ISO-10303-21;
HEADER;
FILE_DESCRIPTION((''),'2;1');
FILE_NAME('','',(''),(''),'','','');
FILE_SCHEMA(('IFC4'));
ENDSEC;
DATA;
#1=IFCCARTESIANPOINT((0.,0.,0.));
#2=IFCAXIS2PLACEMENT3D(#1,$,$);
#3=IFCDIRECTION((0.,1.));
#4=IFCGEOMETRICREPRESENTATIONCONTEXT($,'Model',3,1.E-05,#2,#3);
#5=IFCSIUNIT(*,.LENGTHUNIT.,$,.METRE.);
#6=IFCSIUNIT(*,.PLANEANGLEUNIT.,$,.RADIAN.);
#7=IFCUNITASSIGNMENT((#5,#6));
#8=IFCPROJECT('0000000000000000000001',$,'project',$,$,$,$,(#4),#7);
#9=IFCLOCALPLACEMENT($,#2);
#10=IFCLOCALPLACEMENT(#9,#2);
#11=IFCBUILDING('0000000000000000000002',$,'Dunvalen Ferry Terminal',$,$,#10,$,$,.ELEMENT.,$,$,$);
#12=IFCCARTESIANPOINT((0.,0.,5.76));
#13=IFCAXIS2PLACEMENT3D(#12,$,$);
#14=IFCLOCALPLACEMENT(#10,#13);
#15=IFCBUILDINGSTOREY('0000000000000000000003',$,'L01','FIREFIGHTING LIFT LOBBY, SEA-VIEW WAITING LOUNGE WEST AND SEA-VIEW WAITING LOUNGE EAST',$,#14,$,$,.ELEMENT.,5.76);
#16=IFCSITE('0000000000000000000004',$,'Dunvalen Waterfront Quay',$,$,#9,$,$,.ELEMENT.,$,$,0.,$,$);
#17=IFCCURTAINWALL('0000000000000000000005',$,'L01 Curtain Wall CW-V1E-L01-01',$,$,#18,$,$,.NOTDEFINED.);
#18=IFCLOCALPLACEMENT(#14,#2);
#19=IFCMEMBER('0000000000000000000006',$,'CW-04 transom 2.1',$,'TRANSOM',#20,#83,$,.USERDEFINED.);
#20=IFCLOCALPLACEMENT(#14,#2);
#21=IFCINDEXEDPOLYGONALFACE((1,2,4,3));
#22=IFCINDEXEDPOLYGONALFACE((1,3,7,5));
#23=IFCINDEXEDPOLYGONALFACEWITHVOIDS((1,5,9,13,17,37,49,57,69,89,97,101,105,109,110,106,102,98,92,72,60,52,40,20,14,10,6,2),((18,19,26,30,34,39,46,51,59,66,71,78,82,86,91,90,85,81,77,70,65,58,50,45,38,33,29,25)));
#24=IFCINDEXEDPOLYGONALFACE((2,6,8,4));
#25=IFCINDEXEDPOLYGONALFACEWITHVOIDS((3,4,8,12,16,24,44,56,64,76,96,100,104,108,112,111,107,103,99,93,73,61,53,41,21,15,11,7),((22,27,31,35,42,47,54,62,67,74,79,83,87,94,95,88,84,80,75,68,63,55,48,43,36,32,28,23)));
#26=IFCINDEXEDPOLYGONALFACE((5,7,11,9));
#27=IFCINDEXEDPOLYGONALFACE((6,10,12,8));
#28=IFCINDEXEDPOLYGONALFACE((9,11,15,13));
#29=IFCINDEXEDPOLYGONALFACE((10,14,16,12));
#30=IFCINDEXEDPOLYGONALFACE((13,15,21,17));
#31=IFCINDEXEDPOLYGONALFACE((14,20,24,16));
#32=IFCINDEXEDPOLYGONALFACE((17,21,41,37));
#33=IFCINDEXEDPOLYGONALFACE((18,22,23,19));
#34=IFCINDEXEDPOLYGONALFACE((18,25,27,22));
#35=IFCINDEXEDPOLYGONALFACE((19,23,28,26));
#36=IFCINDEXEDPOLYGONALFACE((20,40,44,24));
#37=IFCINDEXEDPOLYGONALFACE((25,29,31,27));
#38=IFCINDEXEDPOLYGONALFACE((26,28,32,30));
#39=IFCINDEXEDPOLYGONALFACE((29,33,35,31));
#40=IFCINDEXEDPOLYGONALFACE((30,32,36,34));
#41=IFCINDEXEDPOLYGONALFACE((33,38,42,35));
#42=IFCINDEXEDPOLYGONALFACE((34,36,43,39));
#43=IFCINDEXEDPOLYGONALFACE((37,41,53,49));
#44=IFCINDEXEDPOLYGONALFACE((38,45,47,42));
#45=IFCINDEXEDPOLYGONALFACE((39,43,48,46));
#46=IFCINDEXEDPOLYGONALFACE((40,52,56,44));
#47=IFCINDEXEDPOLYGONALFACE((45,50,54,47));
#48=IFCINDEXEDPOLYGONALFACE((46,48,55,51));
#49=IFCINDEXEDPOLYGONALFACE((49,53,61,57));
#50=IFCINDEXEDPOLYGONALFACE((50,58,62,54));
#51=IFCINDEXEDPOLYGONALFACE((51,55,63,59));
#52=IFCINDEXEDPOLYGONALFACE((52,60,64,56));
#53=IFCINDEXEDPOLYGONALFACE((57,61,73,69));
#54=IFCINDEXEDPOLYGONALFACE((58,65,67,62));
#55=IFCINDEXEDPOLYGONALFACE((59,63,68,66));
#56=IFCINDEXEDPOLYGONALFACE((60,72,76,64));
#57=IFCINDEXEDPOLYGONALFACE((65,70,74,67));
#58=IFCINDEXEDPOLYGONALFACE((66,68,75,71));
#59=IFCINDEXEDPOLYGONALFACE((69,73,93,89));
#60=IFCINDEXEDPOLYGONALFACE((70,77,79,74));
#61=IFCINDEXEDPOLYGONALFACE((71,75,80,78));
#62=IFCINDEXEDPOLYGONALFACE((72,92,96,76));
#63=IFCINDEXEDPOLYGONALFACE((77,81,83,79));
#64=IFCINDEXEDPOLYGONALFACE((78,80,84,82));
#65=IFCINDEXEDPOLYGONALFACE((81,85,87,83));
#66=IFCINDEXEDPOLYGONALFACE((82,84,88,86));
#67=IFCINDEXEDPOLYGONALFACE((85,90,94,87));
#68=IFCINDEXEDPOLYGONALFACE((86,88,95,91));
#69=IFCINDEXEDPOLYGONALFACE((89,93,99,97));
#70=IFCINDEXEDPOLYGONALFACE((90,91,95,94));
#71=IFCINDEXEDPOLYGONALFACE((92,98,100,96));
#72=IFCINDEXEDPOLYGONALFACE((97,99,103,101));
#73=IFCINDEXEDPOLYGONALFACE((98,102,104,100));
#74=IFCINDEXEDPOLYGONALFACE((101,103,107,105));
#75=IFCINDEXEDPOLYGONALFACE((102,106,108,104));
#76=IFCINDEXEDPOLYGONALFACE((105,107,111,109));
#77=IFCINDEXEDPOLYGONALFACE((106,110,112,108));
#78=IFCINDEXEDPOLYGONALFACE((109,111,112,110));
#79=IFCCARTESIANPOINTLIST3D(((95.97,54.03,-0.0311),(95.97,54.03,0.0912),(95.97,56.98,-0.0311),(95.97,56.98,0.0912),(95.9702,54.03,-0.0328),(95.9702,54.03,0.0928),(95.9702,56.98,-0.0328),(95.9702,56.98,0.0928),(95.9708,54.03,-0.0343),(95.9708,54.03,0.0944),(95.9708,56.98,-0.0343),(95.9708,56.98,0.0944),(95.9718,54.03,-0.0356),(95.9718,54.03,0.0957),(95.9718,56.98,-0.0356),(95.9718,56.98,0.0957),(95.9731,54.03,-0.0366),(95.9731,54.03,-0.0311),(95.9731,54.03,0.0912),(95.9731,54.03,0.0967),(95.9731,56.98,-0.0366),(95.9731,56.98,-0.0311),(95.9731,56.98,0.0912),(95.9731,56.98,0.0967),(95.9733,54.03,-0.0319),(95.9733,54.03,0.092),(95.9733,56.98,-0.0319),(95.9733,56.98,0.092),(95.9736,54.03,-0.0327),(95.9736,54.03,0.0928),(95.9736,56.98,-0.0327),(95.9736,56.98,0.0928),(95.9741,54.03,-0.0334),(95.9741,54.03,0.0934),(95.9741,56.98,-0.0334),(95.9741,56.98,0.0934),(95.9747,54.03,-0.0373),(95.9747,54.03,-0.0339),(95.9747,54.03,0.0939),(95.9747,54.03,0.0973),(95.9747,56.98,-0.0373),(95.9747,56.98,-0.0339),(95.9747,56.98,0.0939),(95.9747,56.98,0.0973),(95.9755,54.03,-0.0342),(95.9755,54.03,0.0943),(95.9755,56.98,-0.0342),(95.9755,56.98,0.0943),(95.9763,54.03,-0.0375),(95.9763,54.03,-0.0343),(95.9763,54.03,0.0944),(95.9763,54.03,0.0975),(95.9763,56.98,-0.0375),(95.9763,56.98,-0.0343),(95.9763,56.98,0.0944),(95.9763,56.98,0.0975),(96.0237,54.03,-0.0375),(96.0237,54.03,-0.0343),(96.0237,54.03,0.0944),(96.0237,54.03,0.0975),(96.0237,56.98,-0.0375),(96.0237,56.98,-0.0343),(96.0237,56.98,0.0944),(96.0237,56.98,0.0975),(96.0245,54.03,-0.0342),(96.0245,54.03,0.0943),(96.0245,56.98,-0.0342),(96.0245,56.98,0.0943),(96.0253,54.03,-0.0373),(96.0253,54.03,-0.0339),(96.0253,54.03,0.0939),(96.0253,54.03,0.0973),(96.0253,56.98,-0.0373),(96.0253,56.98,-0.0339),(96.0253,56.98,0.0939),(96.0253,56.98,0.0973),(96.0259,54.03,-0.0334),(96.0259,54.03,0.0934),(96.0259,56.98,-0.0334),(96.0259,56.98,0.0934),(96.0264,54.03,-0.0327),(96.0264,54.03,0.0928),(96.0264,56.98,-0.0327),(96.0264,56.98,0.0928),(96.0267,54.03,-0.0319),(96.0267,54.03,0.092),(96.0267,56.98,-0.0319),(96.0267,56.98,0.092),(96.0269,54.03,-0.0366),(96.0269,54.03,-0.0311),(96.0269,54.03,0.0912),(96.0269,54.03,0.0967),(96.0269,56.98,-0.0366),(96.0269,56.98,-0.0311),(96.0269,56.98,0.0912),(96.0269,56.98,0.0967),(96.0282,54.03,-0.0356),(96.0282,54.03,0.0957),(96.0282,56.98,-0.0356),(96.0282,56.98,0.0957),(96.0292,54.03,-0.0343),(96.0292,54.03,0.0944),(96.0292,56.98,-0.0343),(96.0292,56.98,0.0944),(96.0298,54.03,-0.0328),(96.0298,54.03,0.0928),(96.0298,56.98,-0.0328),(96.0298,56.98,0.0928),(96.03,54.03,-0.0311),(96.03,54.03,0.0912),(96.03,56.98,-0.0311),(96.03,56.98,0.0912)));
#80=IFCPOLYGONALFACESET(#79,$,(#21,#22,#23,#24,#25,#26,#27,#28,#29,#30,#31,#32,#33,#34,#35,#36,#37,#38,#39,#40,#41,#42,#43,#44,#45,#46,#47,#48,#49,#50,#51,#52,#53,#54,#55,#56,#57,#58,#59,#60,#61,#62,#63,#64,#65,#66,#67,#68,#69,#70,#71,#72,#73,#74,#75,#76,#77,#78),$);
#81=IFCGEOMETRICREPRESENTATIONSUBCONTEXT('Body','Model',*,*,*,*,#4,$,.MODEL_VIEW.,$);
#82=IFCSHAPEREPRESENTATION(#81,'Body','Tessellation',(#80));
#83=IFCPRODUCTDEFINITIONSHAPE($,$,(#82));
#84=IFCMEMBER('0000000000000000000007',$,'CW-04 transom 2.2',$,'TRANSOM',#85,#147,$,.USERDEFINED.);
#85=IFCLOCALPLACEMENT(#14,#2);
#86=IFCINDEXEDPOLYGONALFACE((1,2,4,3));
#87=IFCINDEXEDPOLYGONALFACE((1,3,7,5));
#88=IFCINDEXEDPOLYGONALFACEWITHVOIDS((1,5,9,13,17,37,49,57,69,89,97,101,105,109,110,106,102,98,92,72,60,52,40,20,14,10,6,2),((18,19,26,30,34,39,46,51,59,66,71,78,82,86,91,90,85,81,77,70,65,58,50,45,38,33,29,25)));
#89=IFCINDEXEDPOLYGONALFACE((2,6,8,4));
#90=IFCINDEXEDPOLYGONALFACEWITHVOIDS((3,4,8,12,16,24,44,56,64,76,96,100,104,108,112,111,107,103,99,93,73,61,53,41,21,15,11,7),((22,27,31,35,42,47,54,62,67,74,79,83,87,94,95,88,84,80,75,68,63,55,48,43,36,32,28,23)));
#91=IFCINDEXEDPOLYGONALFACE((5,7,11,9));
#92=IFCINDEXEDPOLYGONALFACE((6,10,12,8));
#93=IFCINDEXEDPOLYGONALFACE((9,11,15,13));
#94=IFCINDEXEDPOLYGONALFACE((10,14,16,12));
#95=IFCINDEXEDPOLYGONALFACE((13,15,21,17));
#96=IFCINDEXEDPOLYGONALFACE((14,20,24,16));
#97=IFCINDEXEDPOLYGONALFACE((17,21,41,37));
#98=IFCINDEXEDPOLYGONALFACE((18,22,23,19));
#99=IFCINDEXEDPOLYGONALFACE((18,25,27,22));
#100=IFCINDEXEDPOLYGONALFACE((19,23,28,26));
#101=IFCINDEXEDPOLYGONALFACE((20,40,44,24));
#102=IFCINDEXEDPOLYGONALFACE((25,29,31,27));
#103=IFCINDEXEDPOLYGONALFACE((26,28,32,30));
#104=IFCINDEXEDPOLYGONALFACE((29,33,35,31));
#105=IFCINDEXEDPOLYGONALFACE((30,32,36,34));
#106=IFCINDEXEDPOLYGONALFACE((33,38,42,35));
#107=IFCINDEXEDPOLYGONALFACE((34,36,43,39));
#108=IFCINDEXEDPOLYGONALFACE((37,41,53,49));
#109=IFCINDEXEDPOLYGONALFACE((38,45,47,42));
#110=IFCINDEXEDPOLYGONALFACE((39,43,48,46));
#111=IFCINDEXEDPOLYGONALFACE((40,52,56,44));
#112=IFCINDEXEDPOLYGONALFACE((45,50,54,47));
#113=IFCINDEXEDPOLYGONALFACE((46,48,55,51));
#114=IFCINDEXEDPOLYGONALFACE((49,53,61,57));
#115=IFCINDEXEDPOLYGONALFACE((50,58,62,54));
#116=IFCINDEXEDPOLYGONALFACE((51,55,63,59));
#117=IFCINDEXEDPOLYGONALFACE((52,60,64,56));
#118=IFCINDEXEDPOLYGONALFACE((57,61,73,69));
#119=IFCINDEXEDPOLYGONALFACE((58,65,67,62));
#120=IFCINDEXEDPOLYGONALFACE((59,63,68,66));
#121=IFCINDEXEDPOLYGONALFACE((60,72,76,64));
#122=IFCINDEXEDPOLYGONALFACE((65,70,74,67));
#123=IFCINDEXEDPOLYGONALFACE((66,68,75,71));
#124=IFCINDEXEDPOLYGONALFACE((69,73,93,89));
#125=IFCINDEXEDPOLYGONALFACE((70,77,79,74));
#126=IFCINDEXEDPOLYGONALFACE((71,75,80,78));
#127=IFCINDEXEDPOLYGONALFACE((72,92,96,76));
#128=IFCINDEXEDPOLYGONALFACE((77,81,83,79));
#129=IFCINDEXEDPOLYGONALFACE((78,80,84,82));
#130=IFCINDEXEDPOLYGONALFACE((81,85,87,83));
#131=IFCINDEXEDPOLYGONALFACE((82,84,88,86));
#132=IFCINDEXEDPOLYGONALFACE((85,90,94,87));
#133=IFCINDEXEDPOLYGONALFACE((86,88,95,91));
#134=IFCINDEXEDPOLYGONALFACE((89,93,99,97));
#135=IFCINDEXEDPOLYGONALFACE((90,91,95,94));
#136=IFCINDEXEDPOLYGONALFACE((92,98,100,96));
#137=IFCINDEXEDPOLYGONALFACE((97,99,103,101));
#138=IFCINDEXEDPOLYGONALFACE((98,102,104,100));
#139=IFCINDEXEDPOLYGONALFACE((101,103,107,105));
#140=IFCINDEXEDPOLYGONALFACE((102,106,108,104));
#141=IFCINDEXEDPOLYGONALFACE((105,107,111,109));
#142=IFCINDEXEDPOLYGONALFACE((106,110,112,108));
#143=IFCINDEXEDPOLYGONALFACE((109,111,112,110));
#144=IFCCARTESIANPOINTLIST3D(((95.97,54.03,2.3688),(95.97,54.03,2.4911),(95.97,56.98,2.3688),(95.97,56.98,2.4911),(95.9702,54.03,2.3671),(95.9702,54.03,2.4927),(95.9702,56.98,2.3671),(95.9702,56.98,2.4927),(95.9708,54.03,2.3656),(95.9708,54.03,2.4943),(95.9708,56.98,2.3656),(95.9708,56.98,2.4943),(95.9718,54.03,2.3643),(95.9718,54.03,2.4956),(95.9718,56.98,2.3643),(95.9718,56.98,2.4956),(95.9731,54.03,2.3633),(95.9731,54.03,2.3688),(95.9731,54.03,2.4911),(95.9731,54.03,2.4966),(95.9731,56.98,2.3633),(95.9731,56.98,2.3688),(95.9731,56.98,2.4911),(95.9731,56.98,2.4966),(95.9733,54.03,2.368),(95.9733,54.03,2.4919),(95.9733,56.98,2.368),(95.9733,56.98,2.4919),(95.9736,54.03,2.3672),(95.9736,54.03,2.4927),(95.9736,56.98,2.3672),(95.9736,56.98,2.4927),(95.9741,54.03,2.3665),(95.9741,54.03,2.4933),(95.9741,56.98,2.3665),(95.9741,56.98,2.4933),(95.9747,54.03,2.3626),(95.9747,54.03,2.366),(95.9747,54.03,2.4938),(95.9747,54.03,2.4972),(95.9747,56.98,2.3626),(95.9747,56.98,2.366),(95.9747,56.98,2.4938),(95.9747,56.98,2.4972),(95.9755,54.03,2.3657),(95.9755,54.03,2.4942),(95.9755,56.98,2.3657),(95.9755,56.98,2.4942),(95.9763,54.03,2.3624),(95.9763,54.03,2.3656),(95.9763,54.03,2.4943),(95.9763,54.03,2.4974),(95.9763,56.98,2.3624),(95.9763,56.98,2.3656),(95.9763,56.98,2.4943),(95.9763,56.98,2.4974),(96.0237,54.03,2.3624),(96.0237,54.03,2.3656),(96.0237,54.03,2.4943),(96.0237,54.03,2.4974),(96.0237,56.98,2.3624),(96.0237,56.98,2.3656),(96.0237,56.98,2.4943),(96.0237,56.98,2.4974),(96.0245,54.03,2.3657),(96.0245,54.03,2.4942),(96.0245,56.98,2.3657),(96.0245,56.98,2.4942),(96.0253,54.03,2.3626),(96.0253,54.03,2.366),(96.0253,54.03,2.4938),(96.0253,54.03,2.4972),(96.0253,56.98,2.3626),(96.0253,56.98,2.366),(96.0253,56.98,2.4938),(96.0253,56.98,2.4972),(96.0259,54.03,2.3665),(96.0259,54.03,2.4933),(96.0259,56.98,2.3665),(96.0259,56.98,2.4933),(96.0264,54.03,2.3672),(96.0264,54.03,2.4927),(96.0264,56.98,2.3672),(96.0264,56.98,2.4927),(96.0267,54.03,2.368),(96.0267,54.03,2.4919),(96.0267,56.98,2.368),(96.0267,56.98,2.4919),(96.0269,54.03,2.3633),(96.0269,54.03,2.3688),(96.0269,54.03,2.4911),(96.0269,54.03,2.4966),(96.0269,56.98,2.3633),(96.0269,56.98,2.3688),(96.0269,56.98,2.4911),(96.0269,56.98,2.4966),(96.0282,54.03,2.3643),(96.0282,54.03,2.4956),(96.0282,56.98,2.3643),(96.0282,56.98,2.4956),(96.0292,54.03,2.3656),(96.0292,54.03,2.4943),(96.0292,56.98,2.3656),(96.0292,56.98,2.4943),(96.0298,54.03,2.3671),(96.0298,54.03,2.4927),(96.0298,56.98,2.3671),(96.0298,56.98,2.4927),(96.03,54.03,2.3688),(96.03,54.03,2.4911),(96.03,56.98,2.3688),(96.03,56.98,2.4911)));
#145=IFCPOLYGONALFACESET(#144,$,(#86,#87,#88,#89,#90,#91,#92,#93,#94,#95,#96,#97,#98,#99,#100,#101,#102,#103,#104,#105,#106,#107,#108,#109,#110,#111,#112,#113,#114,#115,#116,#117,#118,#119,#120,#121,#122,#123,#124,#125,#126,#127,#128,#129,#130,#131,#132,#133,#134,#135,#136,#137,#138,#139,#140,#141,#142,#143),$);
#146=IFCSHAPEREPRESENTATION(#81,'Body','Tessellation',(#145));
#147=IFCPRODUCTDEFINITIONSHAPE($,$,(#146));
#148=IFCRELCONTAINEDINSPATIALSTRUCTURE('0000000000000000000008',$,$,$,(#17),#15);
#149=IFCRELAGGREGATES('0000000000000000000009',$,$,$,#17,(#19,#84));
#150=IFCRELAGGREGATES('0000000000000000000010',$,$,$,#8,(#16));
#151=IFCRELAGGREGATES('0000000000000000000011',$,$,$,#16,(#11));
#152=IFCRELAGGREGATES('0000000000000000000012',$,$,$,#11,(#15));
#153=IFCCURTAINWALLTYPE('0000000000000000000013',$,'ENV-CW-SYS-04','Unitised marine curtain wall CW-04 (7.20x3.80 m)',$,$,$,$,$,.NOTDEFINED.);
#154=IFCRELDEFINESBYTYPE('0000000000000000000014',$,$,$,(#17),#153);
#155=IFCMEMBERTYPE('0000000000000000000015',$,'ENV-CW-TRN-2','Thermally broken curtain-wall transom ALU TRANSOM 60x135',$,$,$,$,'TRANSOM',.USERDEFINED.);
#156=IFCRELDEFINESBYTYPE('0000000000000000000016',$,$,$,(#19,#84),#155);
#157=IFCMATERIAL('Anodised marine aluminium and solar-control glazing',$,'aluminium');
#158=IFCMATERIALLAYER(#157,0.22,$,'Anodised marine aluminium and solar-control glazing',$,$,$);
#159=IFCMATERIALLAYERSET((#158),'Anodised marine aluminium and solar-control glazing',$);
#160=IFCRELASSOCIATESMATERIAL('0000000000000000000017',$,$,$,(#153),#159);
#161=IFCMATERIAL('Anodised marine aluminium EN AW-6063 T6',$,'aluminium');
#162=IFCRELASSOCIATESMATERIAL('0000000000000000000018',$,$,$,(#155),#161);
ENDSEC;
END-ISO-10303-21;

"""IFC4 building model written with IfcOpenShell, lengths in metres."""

from ifc_helpers import new_model, si_unit, direction, frame, origin, origin_2d, place, context, subcontext, project, spatial, hollow_rectangle, extrude, material, layer, layer_set, material_profile, profile_set, type_object, element, aggregate, save


model = new_model("IFC4")

# Units and contexts
model_context = context("Model", 3, precision=1e-05, world=origin(), true_north=direction((0.0, 1.0)))
body_context = subcontext(model_context, "Body", "Model", "MODEL_VIEW")
ifc_project = project(units=[si_unit("LENGTHUNIT", "METRE"), si_unit("PLANEANGLEUNIT", "RADIAN")], contexts=[model_context])

# Site, building, storey
site_placement = place(None, origin())
site = spatial("IfcSite", under=ifc_project, at=site_placement, Name="Dunvalen Waterfront Quay", CompositionType="ELEMENT", RefElevation=0.0)
building_placement = place(site_placement, origin())
building = spatial("IfcBuilding", under=site, at=building_placement, Name="Dunvalen Ferry Terminal", CompositionType="ELEMENT")
storey_placement = place(building_placement, frame((0.0, 0.0, 5.76)))
storey = spatial("IfcBuildingStorey", under=building, at=storey_placement, Name="L01", Description="FIREFIGHTING LIFT LOBBY, SEA-VIEW WAITING LOUNGE WEST AND SEA-VIEW WAITING LOUNGE EAST", CompositionType="ELEMENT", Elevation=5.76)

# Curtain wall
ifc_material_1 = material(Name="Anodised marine aluminium and solar-control glazing", Category="aluminium")
ifc_material_2 = material(Name="Anodised marine aluminium EN AW-6063 T6", Category="aluminium")
ifc_layer_1 = layer(ifc_material_1, 0.22, Name="Anodised marine aluminium and solar-control glazing")
ifc_layer_set_1 = layer_set([ifc_layer_1], Name="Anodised marine aluminium and solar-control glazing")
curtain_wall_type_1 = type_object("IfcCurtainWallType", Name="ENV-CW-SYS-04", Description="Unitised marine curtain wall CW-04 (7.20x3.80 m)", PredefinedType="NOTDEFINED", material=ifc_layer_set_1)
curtain_wall_1_placement = place(storey_placement, origin())
curtain_wall_1 = element("IfcCurtainWall", 1, at=curtain_wall_1_placement, inside=storey, type_object=curtain_wall_type_1, Name="L01 Curtain Wall CW-V1E-L01-01", PredefinedType="NOTDEFINED")

# Members
ifc_material_profile_1 = material_profile(ifc_material_2, hollow_rectangle(XDim=0.0601, YDim=0.135, WallThickness=0.0032, InnerFilletRadius=0.0032, OuterFilletRadius=0.0063, at=origin_2d()), Name="Anodised marine aluminium EN AW-6063 T6")
ifc_profile_set_1 = profile_set([ifc_material_profile_1], Name="Anodised marine aluminium EN AW-6063 T6")
member_type_1 = type_object("IfcMemberType", Name="ENV-CW-TRN-2", Description="Thermally broken curtain-wall transom ALU TRANSOM 60x135", ElementType="TRANSOM", PredefinedType="USERDEFINED", material=ifc_profile_set_1)
member_1_placement = place(storey_placement, frame((96.0, 54.03, 0.03), z_axis=(0.0, 1.0, 0.0), x_axis=(-1.0, 0.0, 0.0)))
member_1 = element("IfcMember", 2, at=member_1_placement, type_object=member_type_1, Name="CW-04 transom 2.1", ObjectType="TRANSOM", PredefinedType="USERDEFINED", context=body_context, shape_type="SweptSolid", body=[
    extrude(hollow_rectangle(XDim=0.0601, YDim=0.135, WallThickness=0.0032, InnerFilletRadius=0.0032, OuterFilletRadius=0.0063, at=origin_2d()), origin(), (0.0, 0.0, 1.0), 2.95),
])
member_2_placement = place(storey_placement, frame((96.0, 54.03, 2.4299), z_axis=(0.0, 1.0, 0.0), x_axis=(-1.0, 0.0, 0.0)))
member_2 = element("IfcMember", 3, at=member_2_placement, type_object=member_type_1, Name="CW-04 transom 2.2", ObjectType="TRANSOM", PredefinedType="USERDEFINED", context=body_context, shape_type="SweptSolid", body=[
    extrude(hollow_rectangle(XDim=0.0601, YDim=0.135, WallThickness=0.0032, InnerFilletRadius=0.0032, OuterFilletRadius=0.0063, at=origin_2d()), origin(), (0.0, 0.0, 1.0), 2.95),
])

aggregate(curtain_wall_1, [member_1, member_2])

save(model, "model.ifc")
